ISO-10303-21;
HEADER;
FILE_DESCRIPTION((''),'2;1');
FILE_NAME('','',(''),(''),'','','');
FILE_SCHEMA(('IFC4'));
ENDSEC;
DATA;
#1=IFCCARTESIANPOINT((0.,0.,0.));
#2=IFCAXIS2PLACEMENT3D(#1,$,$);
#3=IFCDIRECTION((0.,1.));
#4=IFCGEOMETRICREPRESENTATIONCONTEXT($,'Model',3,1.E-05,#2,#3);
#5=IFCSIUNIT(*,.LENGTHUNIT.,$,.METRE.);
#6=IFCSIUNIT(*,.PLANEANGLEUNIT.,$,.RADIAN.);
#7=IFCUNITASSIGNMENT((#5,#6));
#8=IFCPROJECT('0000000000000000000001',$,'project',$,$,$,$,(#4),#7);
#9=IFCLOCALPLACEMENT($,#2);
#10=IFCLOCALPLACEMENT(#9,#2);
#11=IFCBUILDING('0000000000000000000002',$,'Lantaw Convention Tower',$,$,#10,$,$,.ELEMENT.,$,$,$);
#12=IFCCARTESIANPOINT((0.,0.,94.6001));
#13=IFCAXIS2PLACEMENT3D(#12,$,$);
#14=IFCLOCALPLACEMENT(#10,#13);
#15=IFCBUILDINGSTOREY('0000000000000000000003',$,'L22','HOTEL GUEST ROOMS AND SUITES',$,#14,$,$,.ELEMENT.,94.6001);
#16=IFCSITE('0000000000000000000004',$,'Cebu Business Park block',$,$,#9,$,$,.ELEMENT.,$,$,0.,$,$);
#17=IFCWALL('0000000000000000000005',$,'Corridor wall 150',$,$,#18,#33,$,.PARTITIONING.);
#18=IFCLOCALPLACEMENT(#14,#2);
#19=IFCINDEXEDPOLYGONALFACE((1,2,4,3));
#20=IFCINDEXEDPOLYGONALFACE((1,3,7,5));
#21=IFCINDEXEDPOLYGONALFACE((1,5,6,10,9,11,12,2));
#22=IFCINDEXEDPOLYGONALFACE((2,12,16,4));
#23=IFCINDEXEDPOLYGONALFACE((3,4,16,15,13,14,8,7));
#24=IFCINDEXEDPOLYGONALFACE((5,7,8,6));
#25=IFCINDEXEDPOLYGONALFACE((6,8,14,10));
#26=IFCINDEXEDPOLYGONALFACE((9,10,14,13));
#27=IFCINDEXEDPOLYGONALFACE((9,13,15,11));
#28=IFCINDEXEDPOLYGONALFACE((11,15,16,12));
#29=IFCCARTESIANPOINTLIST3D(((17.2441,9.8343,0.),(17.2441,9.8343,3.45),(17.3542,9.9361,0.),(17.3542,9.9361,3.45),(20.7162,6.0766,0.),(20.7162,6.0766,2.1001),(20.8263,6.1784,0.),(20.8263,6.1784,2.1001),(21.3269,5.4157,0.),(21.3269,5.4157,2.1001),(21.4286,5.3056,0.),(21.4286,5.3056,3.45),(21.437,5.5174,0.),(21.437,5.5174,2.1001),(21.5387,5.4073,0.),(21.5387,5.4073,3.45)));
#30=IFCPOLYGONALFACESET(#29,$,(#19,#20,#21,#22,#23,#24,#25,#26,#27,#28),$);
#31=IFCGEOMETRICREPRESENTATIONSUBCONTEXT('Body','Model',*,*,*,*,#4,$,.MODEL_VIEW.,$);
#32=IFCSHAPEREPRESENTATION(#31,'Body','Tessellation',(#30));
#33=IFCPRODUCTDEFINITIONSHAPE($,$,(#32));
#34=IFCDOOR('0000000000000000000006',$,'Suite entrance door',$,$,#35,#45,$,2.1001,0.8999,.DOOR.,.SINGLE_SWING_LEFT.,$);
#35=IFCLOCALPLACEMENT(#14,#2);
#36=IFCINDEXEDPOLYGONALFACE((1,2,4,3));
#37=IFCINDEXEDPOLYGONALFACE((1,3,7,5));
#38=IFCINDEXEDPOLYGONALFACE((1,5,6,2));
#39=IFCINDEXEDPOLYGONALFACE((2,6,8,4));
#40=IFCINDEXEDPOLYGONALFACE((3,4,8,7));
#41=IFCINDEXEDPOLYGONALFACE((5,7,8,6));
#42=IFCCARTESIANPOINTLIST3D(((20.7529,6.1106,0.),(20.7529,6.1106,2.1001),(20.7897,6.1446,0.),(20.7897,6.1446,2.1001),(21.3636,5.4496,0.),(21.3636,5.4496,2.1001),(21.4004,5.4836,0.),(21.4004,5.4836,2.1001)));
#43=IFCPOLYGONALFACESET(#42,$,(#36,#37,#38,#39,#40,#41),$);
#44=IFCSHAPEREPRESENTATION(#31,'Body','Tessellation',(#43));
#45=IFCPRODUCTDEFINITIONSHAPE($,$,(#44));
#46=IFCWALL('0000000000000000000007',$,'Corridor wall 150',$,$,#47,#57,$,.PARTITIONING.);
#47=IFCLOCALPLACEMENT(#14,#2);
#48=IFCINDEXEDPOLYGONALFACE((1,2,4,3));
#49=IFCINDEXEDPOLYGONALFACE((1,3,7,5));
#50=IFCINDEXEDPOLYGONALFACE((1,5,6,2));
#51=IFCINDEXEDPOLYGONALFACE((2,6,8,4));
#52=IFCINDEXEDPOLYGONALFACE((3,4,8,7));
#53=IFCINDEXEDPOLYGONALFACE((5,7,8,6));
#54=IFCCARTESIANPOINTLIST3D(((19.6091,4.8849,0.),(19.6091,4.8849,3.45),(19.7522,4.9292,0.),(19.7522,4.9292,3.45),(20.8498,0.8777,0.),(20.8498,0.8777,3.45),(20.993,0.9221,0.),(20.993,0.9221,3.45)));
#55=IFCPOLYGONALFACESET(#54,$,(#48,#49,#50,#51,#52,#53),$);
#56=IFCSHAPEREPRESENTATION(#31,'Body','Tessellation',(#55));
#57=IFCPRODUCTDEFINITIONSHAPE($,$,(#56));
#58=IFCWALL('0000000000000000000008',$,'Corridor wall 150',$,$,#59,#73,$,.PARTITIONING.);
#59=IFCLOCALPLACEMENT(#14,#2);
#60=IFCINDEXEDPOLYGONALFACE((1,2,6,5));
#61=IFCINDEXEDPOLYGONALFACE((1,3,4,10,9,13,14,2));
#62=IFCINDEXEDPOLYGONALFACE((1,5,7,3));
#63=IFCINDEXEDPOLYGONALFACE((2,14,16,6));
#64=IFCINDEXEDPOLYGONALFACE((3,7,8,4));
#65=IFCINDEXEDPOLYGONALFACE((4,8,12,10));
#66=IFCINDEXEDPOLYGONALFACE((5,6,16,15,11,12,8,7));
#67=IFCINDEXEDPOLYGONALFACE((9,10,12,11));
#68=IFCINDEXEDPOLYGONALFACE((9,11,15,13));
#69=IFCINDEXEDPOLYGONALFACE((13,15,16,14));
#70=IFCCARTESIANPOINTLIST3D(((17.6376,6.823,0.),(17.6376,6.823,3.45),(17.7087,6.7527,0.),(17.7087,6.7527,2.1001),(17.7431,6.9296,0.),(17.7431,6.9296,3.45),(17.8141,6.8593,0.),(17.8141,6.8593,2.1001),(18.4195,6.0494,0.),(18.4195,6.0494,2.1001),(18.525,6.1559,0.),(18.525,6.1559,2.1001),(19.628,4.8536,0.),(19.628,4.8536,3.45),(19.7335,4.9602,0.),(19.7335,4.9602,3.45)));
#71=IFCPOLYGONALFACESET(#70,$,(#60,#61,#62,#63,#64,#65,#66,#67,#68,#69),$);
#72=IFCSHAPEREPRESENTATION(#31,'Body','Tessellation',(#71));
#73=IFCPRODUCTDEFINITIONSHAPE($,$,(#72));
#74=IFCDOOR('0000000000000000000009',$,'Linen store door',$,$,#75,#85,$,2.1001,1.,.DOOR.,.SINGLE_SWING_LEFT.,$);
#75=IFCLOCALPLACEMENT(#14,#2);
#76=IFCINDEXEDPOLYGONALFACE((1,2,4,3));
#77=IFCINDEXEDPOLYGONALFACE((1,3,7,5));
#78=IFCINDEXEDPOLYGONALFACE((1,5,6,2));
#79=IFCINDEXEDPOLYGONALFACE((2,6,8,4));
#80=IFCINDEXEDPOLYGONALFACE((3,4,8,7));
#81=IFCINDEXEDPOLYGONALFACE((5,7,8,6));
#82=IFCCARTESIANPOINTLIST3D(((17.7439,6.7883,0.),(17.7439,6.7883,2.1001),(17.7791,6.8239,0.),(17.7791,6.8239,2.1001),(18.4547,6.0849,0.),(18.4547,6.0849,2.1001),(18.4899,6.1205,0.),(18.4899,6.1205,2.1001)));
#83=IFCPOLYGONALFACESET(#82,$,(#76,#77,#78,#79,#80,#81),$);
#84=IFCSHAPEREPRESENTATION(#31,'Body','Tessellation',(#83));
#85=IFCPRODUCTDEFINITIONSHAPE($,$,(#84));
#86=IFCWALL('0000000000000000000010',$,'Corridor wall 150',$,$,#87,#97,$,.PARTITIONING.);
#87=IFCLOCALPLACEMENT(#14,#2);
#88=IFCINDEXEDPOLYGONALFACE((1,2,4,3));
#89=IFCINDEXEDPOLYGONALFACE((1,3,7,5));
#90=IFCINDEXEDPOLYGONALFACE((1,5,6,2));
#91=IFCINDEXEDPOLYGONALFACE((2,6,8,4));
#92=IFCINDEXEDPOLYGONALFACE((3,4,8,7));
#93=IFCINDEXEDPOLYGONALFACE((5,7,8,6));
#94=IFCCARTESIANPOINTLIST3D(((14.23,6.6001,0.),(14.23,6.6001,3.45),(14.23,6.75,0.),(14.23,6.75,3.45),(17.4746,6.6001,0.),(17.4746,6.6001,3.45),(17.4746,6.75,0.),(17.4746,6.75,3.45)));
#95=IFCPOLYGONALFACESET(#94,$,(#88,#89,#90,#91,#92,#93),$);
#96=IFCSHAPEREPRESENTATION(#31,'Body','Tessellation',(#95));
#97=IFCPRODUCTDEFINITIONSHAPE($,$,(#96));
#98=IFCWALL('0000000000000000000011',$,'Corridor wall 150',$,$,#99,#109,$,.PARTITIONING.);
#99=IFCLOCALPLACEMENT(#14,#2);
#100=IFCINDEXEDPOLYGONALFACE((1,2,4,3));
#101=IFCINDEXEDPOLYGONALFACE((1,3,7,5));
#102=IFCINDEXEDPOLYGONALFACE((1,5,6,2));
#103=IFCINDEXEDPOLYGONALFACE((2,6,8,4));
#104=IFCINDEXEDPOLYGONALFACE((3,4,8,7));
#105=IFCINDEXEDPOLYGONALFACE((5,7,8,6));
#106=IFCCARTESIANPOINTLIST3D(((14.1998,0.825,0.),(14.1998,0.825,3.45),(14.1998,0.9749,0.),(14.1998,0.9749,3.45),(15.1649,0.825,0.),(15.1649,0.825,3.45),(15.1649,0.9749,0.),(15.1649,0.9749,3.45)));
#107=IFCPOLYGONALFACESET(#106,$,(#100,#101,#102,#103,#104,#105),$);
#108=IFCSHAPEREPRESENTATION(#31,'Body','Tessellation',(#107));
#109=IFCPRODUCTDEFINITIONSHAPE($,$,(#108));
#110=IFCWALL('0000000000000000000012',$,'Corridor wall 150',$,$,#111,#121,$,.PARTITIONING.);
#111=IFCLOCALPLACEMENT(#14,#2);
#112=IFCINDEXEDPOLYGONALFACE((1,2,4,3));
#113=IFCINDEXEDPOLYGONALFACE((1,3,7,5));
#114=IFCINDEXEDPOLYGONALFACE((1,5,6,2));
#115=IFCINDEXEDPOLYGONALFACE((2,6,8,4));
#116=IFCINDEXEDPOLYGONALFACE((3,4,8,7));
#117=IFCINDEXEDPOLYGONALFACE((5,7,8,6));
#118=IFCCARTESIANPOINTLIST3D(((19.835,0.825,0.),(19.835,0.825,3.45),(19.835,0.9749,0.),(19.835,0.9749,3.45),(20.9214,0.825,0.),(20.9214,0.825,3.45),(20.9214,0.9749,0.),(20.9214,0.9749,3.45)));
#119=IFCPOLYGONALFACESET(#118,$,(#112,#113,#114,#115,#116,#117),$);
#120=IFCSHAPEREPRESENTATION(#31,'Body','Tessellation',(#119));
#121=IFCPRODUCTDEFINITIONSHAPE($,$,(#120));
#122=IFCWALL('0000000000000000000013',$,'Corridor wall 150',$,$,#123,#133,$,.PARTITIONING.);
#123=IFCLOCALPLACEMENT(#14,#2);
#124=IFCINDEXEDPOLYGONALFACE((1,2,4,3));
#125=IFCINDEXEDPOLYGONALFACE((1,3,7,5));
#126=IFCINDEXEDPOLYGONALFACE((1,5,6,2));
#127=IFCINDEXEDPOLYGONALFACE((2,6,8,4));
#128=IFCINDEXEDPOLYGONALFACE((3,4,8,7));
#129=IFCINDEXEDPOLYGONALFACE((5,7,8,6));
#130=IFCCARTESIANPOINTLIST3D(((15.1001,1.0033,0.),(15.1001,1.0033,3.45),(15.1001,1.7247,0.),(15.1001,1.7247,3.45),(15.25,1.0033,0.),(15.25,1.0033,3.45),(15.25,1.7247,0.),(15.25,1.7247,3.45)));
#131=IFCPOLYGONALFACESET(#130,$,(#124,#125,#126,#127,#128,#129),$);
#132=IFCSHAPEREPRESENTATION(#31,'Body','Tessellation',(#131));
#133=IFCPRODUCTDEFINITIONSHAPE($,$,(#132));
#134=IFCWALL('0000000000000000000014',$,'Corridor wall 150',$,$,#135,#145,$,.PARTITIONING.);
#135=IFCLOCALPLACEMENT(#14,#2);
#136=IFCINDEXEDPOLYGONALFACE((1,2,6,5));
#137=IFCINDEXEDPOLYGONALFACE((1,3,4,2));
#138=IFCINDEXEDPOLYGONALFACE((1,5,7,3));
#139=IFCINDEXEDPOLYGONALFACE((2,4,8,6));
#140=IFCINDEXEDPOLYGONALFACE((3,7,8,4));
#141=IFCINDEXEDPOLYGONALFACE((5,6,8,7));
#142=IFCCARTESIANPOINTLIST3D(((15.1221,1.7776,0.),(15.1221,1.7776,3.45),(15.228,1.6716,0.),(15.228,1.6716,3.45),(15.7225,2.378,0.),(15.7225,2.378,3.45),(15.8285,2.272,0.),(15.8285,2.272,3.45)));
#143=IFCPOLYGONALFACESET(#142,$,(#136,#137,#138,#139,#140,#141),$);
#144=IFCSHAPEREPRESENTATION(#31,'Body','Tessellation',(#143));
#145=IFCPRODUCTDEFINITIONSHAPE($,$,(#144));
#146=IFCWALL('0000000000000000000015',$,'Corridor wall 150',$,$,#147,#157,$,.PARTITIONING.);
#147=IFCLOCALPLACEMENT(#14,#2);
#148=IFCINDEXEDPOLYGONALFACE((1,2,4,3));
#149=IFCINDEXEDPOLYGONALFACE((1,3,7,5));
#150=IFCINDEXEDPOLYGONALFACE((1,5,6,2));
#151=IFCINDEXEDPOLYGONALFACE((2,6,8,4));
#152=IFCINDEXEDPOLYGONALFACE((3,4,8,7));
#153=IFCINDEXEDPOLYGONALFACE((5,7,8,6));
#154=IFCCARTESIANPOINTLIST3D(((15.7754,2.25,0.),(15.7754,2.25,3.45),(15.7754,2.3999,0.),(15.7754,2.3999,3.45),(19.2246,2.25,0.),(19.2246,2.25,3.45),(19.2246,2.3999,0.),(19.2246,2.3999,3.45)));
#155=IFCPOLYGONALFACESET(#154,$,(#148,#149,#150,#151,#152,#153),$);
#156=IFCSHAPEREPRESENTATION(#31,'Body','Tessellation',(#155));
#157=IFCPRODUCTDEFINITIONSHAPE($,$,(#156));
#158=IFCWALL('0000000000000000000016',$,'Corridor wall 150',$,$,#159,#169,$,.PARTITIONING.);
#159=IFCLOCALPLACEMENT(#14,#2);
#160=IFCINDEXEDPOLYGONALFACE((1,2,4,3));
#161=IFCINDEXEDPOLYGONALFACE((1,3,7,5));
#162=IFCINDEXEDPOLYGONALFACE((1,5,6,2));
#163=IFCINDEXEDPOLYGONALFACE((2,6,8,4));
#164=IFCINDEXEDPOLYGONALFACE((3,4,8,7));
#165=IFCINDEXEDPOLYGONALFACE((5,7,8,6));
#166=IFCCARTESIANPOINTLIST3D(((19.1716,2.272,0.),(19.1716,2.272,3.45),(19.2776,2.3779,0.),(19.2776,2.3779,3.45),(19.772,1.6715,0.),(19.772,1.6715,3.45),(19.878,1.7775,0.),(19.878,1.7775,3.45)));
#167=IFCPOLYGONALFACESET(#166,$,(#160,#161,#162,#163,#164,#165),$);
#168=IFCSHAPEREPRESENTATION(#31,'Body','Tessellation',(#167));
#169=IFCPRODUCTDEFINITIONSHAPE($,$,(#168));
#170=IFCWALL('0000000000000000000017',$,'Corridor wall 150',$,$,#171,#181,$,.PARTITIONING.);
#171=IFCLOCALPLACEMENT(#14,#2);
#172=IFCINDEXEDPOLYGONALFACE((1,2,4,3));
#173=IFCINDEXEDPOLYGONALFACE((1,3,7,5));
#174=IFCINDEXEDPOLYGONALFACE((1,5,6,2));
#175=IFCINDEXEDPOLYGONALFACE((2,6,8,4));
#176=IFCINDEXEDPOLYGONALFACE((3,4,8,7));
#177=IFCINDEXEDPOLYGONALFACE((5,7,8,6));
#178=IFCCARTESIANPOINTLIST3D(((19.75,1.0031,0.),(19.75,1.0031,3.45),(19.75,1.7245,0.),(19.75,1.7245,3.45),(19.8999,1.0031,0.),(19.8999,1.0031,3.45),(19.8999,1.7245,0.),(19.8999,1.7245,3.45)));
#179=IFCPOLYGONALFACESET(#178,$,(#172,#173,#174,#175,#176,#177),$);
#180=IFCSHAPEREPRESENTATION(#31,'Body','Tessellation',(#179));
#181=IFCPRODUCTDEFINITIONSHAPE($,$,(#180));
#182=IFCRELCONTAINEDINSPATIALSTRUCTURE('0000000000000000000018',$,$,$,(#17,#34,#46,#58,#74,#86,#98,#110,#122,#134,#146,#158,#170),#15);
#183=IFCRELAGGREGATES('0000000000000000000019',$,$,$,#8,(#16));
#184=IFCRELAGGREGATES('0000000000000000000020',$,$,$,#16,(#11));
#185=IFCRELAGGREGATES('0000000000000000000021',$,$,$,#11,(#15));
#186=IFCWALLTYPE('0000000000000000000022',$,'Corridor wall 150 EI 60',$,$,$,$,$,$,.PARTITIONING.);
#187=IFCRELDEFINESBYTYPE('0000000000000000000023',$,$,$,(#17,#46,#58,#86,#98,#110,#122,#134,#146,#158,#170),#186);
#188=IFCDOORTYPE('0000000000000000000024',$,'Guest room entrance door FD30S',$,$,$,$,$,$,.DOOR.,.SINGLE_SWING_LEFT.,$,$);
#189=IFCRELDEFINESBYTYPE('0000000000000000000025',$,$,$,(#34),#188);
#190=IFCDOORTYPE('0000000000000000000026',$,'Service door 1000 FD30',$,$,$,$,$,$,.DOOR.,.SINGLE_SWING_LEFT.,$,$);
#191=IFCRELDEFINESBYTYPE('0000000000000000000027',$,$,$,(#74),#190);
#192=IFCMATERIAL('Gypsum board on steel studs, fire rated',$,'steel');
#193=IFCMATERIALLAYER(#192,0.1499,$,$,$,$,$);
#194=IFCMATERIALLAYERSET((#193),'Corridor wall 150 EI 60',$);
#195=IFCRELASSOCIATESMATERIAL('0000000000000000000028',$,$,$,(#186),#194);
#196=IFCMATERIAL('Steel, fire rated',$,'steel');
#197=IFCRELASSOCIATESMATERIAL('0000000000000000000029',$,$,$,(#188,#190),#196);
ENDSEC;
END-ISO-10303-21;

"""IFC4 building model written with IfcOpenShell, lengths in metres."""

from ifc_helpers import new_model, si_unit, direction, frame, frame_2d, origin, place, context, subcontext, project, spatial, rectangle, extrude, material, layer, layer_set, type_object, element, fill, save


model = new_model("IFC4")

# Units and contexts
model_context = context("Model", 3, precision=1e-05, world=origin(), true_north=direction((0.0, 1.0)))
body_context = subcontext(model_context, "Body", "Model", "MODEL_VIEW")
ifc_project = project(units=[si_unit("LENGTHUNIT", "METRE"), si_unit("PLANEANGLEUNIT", "RADIAN")], contexts=[model_context])

# Site, building, storey
site_placement = place(None, origin())
site = spatial("IfcSite", under=ifc_project, at=site_placement, Name="Cebu Business Park block", CompositionType="ELEMENT", RefElevation=0.0)
building_placement = place(site_placement, origin())
building = spatial("IfcBuilding", under=site, at=building_placement, Name="Lantaw Convention Tower", CompositionType="ELEMENT")
storey_placement = place(building_placement, frame((0.0, 0.0, 94.6001)))
storey = spatial("IfcBuildingStorey", under=building, at=storey_placement, Name="L22", Description="HOTEL GUEST ROOMS AND SUITES", CompositionType="ELEMENT", Elevation=94.6001)

# Shared definitions
ifc_material_1 = material(Name="Gypsum board on steel studs, fire rated", Category="steel")
ifc_layer_1 = layer(ifc_material_1, 0.1499)
ifc_layer_set_1 = layer_set([ifc_layer_1], Name="Corridor wall 150 EI 60")
wall_type_1 = type_object("IfcWallType", Name="Corridor wall 150 EI 60", PredefinedType="PARTITIONING", material=ifc_layer_set_1)

# Wall, opening, door
wall_1_placement = place(storey_placement, frame((21.4836, 5.3564, 0.0), z_axis=(0.0, 0.0, 1.0), x_axis=(-0.678642, 0.734469, 0.0)))
wall_1 = element("IfcWall", 1, at=wall_1_placement, inside=storey, type_object=wall_type_1, Name="Corridor wall 150", PredefinedType="PARTITIONING", context=body_context, shape_type="SweptSolid", body=[
    extrude(rectangle(XDim=6.166, YDim=0.1499, at=frame_2d((3.083, 0.0))), origin(), (0.0, 0.0, 1.0), 3.45),
])
opening_1_placement = place(wall_1_placement, frame((0.1499, 0.0, 0.0)))
opening_1 = element("IfcOpeningElement", 2, at=opening_1_placement, cuts=wall_1, PredefinedType="OPENING", context=body_context, shape_type="SweptSolid", body=[
    extrude(rectangle(XDim=0.8999, YDim=2.1001, at=frame_2d((0.45, 1.05))), frame((0.0, 0.085, 0.0), z_axis=(0.0, -1.0, 0.0), x_axis=(1.0, 0.0, 0.0)), (0.0, 0.0, 1.0), 0.1699),
])
ifc_material_2 = material(Name="Steel, fire rated", Category="steel")
door_type_1 = type_object("IfcDoorType", Name="Guest room entrance door FD30S", OperationType="SINGLE_SWING_LEFT", PredefinedType="DOOR", material=ifc_material_2)
door_1_placement = place(opening_1_placement, origin())
door_1 = element("IfcDoor", 3, at=door_1_placement, inside=storey, type_object=door_type_1, Name="Suite entrance door", OperationType="SINGLE_SWING_LEFT", OverallHeight=2.1001, OverallWidth=0.8999, PredefinedType="DOOR", context=body_context, shape_type="SweptSolid", body=[
    extrude(rectangle(XDim=0.8999, YDim=2.1001, at=frame_2d((0.45, 1.05))), frame((0.0, 0.0249, 0.0), z_axis=(0.0, -1.0, 0.0), x_axis=(1.0, 0.0, 0.0)), (0.0, 0.0, 1.0), 0.05),
])
fill(opening_1, door_1)

# Wall
wall_2_placement = place(storey_placement, frame((20.9214, 0.8999, 0.0), z_axis=(0.0, 0.0, 1.0), x_axis=(-0.295779, 0.955257, 0.0)))
element("IfcWall", 4, at=wall_2_placement, inside=storey, type_object=wall_type_1, Name="Corridor wall 150", PredefinedType="PARTITIONING", context=body_context, shape_type="SweptSolid", body=[
    extrude(rectangle(XDim=4.1948, YDim=0.1499, at=frame_2d((2.0974, 0.0))), origin(), (0.0, 0.0, 1.0), 3.45),
])

# Wall, opening, door
wall_3_placement = place(storey_placement, frame((19.6807, 4.907, 0.0), z_axis=(0.0, 0.0, 1.0), x_axis=(-0.710846, 0.703348, 0.0)))
wall_3 = element("IfcWall", 5, at=wall_3_placement, inside=storey, type_object=wall_type_1, Name="Corridor wall 150", PredefinedType="PARTITIONING", context=body_context, shape_type="SweptSolid", body=[
    extrude(rectangle(XDim=2.8, YDim=0.1499, at=frame_2d((1.3999, 0.0))), origin(), (0.0, 0.0, 1.0), 3.45),
])
opening_2_placement = place(wall_3_placement, frame((1.7, 0.0, 0.0)))
opening_2 = element("IfcOpeningElement", 6, at=opening_2_placement, cuts=wall_3, PredefinedType="OPENING", context=body_context, shape_type="SweptSolid", body=[
    extrude(rectangle(XDim=1.0, YDim=2.1001, at=frame_2d((0.5, 1.05))), frame((0.0, 0.085, 0.0), z_axis=(0.0, -1.0, 0.0), x_axis=(1.0, 0.0, 0.0)), (0.0, 0.0, 1.0), 0.1699),
])
door_type_2 = type_object("IfcDoorType", Name="Service door 1000 FD30", OperationType="SINGLE_SWING_LEFT", PredefinedType="DOOR", material=ifc_material_2)
door_2_placement = place(opening_2_placement, origin())
door_2 = element("IfcDoor", 7, at=door_2_placement, inside=storey, type_object=door_type_2, Name="Linen store door", OperationType="SINGLE_SWING_LEFT", OverallHeight=2.1001, OverallWidth=1.0, PredefinedType="DOOR", context=body_context, shape_type="SweptSolid", body=[
    extrude(rectangle(XDim=1.0, YDim=2.1001, at=frame_2d((0.5, 1.05))), frame((0.0, 0.0249, 0.0), z_axis=(0.0, -1.0, 0.0), x_axis=(1.0, 0.0, 0.0)), (0.0, 0.0, 1.0), 0.05),
])
fill(opening_2, door_2)

# Walls
wall_4_placement = place(storey_placement, frame((17.4746, 6.675, 0.0), z_axis=(0.0, 0.0, 1.0), x_axis=(-1.0, 0.0, 0.0)))
element("IfcWall", 8, at=wall_4_placement, inside=storey, type_object=wall_type_1, Name="Corridor wall 150", PredefinedType="PARTITIONING", context=body_context, shape_type="SweptSolid", body=[
    extrude(rectangle(XDim=3.2446, YDim=0.1499, at=frame_2d((1.6223, 0.0))), origin(), (0.0, 0.0, 1.0), 3.45),
])
wall_5_placement = place(storey_placement, frame((14.2, 0.8999, 0.0), z_axis=(0.0, 0.0, 1.0), x_axis=(1.0, 0.0, 0.0)))
element("IfcWall", 9, at=wall_5_placement, inside=storey, type_object=wall_type_1, Name="Corridor wall 150", PredefinedType="PARTITIONING", context=body_context, shape_type="SweptSolid", body=[
    extrude(rectangle(XDim=0.9651, YDim=0.1499, at=frame_2d((0.4824, 0.0))), origin(), (0.0, 0.0, 1.0), 3.45),
])
wall_6_placement = place(storey_placement, frame((19.835, 0.8999, 0.0), z_axis=(0.0, 0.0, 1.0), x_axis=(1.0, 0.0, 0.0)))
element("IfcWall", 10, at=wall_6_placement, inside=storey, type_object=wall_type_1, Name="Corridor wall 150", PredefinedType="PARTITIONING", context=body_context, shape_type="SweptSolid", body=[
    extrude(rectangle(XDim=1.0864, YDim=0.1499, at=frame_2d((0.5432, 0.0))), origin(), (0.0, 0.0, 1.0), 3.45),
])
wall_7_placement = place(storey_placement, frame((15.175, 1.0032, 0.0), z_axis=(0.0, 0.0, 1.0), x_axis=(0.0, 1.0, 0.0)))
element("IfcWall", 11, at=wall_7_placement, inside=storey, type_object=wall_type_1, Name="Corridor wall 150", PredefinedType="PARTITIONING", context=body_context, shape_type="SweptSolid", body=[
    extrude(rectangle(XDim=0.7214, YDim=0.1499, at=frame_2d((0.3608, 0.0))), origin(), (0.0, 0.0, 1.0), 3.45),
])
wall_8_placement = place(storey_placement, frame((15.175, 1.7246, 0.0), z_axis=(0.0, 0.0, 1.0), x_axis=(0.707107, 0.707107, 0.0)))
element("IfcWall", 12, at=wall_8_placement, inside=storey, type_object=wall_type_1, Name="Corridor wall 150", PredefinedType="PARTITIONING", context=body_context, shape_type="SweptSolid", body=[
    extrude(rectangle(XDim=0.8491, YDim=0.1499, at=frame_2d((0.4246, 0.0))), origin(), (0.0, 0.0, 1.0), 3.45),
])
wall_9_placement = place(storey_placement, frame((15.7754, 2.325, 0.0), z_axis=(0.0, 0.0, 1.0), x_axis=(1.0, 0.0, 0.0)))
element("IfcWall", 13, at=wall_9_placement, inside=storey, type_object=wall_type_1, Name="Corridor wall 150", PredefinedType="PARTITIONING", context=body_context, shape_type="SweptSolid", body=[
    extrude(rectangle(XDim=3.4492, YDim=0.1499, at=frame_2d((1.7246, 0.0))), origin(), (0.0, 0.0, 1.0), 3.45),
])
wall_10_placement = place(storey_placement, frame((19.2246, 2.325, 0.0), z_axis=(0.0, 0.0, 1.0), x_axis=(0.707107, -0.707107, 0.0)))
element("IfcWall", 14, at=wall_10_placement, inside=storey, type_object=wall_type_1, Name="Corridor wall 150", PredefinedType="PARTITIONING", context=body_context, shape_type="SweptSolid", body=[
    extrude(rectangle(XDim=0.8491, YDim=0.1499, at=frame_2d((0.4246, 0.0))), origin(), (0.0, 0.0, 1.0), 3.45),
])
wall_11_placement = place(storey_placement, frame((19.825, 1.7246, 0.0), z_axis=(0.0, 0.0, 1.0), x_axis=(0.0, -1.0, 0.0)))
element("IfcWall", 15, at=wall_11_placement, inside=storey, type_object=wall_type_1, Name="Corridor wall 150", PredefinedType="PARTITIONING", context=body_context, shape_type="SweptSolid", body=[
    extrude(rectangle(XDim=0.7214, YDim=0.1499, at=frame_2d((0.3608, 0.0))), origin(), (0.0, 0.0, 1.0), 3.45),
])

save(model, "model.ifc")
